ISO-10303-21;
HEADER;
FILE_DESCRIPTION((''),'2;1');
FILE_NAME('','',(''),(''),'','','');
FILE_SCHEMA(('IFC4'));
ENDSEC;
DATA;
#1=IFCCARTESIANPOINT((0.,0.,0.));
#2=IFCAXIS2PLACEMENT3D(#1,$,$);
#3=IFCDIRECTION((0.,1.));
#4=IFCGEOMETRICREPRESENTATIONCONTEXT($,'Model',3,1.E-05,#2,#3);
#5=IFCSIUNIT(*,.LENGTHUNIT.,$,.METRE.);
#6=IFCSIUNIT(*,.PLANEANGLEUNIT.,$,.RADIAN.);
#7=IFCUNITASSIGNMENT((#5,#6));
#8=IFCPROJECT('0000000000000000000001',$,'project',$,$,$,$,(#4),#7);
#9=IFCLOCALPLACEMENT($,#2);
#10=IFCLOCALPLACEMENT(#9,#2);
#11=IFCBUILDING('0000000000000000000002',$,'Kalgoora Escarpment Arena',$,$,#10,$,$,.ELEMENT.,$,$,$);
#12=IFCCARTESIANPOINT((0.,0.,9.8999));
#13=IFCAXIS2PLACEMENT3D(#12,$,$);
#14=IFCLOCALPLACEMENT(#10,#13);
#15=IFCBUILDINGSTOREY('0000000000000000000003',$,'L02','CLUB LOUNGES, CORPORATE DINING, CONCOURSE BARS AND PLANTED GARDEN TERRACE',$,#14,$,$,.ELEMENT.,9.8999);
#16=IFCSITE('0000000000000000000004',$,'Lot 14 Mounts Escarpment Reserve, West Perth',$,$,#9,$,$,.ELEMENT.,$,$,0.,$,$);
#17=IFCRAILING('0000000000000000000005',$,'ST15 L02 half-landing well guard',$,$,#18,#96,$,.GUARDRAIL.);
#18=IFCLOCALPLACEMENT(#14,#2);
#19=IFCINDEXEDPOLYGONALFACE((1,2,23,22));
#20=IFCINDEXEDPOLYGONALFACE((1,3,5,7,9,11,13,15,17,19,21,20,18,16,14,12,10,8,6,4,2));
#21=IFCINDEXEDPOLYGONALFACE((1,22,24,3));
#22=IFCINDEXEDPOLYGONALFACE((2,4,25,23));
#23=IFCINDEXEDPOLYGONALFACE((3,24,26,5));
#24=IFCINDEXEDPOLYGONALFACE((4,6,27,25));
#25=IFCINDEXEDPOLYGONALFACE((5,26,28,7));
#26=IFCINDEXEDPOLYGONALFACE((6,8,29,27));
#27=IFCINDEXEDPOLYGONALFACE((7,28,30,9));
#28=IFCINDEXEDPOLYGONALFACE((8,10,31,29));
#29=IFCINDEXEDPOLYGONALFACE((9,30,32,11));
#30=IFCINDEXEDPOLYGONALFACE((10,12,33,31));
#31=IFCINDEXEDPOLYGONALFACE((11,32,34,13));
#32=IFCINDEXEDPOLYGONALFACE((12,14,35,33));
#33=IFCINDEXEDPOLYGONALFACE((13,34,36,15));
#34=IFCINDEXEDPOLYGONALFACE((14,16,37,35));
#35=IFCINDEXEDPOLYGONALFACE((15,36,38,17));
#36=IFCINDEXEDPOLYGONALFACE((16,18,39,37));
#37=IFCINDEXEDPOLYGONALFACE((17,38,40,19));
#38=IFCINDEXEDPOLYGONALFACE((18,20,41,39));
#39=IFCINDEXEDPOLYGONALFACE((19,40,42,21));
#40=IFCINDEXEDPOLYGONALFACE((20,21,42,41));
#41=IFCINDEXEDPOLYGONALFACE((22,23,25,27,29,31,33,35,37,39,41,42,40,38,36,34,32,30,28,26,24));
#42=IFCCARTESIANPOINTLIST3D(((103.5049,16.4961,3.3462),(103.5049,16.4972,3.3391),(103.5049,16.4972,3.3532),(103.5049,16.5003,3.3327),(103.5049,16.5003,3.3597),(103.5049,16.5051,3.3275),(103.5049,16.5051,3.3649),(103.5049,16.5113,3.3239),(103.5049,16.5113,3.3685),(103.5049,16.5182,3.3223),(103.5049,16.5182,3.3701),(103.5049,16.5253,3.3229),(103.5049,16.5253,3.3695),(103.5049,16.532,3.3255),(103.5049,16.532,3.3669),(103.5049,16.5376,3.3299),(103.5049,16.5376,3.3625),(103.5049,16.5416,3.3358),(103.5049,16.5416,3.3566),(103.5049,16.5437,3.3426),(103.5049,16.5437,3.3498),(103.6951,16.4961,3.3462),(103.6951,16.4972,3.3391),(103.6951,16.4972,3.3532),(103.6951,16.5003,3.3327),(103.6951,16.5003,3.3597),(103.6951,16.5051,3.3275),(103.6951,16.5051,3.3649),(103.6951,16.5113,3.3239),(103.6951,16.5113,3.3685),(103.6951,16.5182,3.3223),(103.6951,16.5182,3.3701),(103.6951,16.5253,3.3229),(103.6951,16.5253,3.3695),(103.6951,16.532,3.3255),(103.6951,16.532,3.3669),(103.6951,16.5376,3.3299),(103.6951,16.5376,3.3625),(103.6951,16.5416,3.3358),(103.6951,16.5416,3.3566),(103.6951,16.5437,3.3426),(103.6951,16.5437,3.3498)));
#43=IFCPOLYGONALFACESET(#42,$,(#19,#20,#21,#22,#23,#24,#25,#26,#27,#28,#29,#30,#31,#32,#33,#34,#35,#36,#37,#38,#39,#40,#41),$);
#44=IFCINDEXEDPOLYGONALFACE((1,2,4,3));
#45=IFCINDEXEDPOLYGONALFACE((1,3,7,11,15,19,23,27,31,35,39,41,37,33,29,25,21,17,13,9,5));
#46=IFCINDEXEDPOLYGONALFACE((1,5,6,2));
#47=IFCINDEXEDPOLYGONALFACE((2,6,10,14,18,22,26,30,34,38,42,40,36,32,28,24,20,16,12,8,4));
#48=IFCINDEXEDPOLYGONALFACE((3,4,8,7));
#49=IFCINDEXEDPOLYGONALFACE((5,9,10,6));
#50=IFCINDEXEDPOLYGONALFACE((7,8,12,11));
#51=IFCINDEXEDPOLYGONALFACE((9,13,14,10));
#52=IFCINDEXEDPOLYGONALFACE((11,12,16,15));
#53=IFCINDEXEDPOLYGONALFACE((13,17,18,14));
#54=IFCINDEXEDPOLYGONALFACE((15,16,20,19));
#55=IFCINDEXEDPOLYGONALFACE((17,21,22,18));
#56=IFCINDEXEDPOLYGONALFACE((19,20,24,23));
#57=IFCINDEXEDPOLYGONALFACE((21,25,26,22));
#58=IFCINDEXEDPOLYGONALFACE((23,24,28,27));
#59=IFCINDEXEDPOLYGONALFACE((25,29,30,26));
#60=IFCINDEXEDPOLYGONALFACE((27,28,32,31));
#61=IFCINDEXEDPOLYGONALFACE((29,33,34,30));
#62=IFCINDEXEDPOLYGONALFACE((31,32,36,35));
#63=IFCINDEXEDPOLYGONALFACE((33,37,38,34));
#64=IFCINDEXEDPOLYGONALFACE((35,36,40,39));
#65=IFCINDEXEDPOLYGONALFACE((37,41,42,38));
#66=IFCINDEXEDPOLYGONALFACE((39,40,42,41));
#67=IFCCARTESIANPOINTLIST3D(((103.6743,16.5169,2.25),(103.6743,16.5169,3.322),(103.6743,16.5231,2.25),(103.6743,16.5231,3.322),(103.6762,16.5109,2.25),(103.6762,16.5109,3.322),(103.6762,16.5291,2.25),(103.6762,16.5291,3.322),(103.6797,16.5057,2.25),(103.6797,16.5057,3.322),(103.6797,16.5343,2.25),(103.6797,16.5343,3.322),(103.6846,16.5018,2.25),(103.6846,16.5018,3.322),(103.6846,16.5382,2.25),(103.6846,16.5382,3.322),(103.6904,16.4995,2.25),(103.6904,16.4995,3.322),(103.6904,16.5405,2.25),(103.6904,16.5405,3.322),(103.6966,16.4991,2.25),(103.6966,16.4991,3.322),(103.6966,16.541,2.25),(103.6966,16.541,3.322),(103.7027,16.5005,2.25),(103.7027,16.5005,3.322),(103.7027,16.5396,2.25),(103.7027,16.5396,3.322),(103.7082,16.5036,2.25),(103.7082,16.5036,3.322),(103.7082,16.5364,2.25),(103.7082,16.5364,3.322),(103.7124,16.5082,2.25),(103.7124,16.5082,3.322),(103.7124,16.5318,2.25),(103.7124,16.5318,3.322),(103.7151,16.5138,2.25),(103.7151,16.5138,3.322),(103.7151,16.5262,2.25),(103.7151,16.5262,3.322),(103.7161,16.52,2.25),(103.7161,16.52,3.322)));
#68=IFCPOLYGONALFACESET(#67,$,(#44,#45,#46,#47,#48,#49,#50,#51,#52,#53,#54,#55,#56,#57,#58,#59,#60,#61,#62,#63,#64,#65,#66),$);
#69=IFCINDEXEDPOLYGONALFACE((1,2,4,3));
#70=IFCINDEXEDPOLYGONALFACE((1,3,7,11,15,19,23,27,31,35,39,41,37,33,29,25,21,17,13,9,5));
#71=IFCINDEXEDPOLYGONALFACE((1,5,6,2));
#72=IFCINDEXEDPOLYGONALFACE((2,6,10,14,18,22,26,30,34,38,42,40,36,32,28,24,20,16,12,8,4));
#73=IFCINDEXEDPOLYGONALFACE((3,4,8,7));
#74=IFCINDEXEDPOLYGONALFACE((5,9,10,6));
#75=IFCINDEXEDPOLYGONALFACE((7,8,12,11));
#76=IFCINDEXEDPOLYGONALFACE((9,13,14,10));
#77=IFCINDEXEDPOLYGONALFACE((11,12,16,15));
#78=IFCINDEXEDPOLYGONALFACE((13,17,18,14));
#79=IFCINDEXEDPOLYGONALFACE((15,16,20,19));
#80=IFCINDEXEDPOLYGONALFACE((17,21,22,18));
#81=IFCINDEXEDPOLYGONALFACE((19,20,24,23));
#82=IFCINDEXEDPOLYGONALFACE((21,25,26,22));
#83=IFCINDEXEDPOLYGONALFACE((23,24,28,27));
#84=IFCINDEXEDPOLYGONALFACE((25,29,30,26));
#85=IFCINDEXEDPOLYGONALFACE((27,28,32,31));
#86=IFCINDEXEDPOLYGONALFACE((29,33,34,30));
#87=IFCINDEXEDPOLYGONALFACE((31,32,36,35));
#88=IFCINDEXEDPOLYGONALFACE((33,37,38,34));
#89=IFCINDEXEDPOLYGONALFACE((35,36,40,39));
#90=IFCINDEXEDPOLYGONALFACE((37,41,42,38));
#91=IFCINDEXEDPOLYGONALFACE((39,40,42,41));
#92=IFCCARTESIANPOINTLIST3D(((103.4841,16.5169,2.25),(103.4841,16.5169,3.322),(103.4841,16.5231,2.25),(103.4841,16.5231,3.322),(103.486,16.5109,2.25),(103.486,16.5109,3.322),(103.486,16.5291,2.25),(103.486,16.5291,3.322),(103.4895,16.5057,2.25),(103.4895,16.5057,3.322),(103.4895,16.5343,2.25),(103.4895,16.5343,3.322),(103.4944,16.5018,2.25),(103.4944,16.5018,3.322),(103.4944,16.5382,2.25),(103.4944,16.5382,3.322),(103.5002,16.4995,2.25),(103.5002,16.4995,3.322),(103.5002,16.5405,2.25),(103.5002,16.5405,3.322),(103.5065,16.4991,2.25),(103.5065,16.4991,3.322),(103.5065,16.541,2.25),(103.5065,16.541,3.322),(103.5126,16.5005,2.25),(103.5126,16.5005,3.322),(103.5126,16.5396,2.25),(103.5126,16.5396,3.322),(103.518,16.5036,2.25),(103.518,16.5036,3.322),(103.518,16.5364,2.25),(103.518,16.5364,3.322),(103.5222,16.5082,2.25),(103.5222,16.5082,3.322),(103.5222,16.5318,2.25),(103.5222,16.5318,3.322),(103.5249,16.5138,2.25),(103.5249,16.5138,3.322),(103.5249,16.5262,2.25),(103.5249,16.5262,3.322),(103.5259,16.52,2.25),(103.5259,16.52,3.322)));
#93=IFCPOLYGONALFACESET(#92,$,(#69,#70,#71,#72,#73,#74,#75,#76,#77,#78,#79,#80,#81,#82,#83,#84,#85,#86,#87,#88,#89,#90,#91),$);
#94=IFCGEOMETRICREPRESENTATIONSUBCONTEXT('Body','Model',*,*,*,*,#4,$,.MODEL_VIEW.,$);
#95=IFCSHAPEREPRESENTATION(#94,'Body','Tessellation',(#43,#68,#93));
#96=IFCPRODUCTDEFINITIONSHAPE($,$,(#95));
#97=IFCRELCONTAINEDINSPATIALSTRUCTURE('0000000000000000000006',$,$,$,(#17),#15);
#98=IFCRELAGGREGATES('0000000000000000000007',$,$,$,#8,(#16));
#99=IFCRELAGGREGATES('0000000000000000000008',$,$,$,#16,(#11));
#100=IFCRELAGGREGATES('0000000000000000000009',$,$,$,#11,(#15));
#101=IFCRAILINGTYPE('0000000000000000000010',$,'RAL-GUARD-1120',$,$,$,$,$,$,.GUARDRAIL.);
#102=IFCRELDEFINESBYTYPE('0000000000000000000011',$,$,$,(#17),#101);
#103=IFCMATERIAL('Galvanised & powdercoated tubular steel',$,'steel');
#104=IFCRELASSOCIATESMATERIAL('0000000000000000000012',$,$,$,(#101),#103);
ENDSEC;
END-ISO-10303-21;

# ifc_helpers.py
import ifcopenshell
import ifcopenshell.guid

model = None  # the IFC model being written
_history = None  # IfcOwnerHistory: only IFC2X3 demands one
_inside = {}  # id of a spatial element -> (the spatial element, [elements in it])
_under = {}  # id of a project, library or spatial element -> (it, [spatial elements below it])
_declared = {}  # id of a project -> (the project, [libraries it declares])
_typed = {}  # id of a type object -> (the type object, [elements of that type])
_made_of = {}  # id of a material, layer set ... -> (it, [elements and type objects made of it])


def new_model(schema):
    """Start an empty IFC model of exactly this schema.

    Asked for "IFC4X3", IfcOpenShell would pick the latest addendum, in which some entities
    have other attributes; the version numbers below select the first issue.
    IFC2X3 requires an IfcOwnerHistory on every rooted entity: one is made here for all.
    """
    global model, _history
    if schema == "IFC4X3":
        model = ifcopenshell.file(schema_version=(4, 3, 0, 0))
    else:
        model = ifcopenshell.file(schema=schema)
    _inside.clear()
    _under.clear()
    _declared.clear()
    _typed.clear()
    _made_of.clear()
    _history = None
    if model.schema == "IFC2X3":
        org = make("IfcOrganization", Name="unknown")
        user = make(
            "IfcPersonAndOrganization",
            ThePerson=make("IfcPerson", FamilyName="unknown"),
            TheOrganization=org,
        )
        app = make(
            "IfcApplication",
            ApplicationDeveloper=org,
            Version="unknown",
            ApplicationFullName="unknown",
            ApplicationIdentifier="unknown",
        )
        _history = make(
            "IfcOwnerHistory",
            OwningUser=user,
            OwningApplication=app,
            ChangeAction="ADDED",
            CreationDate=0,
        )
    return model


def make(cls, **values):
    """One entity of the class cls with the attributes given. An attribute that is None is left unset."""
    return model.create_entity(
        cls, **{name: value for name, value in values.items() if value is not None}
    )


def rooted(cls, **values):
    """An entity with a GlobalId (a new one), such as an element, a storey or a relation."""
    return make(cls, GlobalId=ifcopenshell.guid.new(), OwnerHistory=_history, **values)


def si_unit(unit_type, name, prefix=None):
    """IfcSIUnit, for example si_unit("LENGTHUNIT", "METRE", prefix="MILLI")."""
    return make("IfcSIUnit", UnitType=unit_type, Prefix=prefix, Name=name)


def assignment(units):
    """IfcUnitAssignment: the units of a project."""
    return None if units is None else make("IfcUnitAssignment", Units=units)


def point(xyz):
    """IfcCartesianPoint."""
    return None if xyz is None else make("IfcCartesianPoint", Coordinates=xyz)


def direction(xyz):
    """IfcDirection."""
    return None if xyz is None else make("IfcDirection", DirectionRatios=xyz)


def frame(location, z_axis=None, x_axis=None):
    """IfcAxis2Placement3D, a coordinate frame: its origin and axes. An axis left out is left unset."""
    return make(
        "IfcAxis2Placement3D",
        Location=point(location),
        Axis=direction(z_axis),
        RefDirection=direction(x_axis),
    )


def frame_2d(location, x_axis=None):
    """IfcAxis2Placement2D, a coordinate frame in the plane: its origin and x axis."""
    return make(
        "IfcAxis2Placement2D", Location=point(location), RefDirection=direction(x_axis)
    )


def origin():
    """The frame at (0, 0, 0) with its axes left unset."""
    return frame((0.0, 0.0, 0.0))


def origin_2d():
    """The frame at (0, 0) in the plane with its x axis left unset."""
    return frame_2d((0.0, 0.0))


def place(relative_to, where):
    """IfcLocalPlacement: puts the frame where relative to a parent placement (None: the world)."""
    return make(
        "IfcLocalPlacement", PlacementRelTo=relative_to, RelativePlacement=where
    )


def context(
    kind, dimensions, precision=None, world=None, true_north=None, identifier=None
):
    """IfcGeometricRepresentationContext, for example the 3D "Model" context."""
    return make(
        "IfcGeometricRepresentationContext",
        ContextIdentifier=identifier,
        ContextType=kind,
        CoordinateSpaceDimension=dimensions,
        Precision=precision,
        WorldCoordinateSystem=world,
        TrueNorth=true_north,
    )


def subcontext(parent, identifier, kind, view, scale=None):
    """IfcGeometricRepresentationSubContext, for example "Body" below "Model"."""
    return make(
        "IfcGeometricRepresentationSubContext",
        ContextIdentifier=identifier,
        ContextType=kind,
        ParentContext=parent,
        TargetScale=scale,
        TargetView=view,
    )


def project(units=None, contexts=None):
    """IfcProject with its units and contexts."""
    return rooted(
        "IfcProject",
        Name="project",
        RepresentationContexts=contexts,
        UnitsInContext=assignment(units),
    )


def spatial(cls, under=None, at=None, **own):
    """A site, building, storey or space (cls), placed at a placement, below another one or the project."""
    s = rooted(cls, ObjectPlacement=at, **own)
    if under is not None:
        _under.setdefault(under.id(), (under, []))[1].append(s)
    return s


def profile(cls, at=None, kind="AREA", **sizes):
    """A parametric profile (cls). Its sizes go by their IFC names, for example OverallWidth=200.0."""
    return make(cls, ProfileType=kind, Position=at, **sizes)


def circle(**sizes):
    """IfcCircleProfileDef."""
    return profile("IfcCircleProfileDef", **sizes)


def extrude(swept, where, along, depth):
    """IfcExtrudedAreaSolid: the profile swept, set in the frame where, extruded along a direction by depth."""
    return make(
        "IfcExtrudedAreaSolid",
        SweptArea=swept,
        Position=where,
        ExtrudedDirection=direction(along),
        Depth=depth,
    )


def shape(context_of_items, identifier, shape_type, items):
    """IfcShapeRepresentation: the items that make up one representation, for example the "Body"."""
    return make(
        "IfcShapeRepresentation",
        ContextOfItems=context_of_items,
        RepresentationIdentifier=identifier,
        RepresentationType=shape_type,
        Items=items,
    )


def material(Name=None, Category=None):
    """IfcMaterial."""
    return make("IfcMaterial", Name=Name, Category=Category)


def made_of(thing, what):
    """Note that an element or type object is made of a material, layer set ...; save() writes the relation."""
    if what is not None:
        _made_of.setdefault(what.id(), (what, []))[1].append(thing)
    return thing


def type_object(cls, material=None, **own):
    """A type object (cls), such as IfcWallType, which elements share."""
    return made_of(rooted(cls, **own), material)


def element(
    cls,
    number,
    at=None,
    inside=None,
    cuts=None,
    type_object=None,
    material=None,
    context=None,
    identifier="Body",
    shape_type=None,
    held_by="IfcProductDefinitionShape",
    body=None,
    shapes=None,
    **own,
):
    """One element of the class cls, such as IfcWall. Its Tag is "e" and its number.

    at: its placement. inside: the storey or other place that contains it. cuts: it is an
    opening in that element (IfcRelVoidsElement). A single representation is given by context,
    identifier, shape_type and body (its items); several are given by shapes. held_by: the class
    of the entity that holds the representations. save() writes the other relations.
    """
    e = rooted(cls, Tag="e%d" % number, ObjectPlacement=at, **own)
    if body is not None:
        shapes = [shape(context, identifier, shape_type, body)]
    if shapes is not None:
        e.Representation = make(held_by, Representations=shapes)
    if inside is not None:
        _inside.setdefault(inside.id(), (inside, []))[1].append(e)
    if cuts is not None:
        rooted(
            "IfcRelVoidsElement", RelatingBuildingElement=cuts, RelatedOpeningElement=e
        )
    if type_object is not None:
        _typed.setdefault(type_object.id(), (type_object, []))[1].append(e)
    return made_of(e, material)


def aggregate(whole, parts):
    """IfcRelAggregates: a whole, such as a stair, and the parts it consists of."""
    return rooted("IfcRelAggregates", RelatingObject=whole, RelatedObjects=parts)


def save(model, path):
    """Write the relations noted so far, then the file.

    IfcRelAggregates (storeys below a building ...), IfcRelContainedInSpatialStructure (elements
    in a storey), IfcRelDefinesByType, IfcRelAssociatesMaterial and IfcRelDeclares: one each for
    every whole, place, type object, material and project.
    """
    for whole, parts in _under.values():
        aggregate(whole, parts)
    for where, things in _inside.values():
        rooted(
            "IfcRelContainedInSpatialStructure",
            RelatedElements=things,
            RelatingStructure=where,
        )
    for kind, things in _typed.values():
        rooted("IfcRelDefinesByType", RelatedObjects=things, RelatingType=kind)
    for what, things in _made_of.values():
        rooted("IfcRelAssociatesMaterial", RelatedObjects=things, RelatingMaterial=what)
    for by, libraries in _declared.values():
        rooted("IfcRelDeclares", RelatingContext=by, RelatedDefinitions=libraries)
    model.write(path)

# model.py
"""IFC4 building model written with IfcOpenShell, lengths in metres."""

from ifc_helpers import new_model, si_unit, direction, frame, origin, origin_2d, place, context, subcontext, project, spatial, circle, extrude, material, type_object, element, save


model = new_model("IFC4")

# Units and contexts
model_context = context("Model", 3, precision=1e-05, world=origin(), true_north=direction((0.0, 1.0)))
body_context = subcontext(model_context, "Body", "Model", "MODEL_VIEW")
ifc_project = project(units=[si_unit("LENGTHUNIT", "METRE"), si_unit("PLANEANGLEUNIT", "RADIAN")], contexts=[model_context])

# Site, building, storey
site_placement = place(None, origin())
site = spatial("IfcSite", under=ifc_project, at=site_placement, Name="Lot 14 Mounts Escarpment Reserve, West Perth", CompositionType="ELEMENT", RefElevation=0.0)
building_placement = place(site_placement, origin())
building = spatial("IfcBuilding", under=site, at=building_placement, Name="Kalgoora Escarpment Arena", CompositionType="ELEMENT")
storey_placement = place(building_placement, frame((0.0, 0.0, 9.8999)))
storey = spatial("IfcBuildingStorey", under=building, at=storey_placement, Name="L02", Description="CLUB LOUNGES, CORPORATE DINING, CONCOURSE BARS AND PLANTED GARDEN TERRACE", CompositionType="ELEMENT", Elevation=9.8999)

# Railing
ifc_material_1 = material(Name="Galvanised & powdercoated tubular steel", Category="steel")
railing_type_1 = type_object("IfcRailingType", Name="RAL-GUARD-1120", PredefinedType="GUARDRAIL", material=ifc_material_1)
railing_1_placement = place(storey_placement, frame((103.6951, 16.52, 2.25)))
element("IfcRailing", 1, at=railing_1_placement, inside=storey, type_object=railing_type_1, Name="ST15 L02 half-landing well guard", PredefinedType="GUARDRAIL", context=body_context, shape_type="SweptSolid", body=[
    extrude(circle(Radius=0.0239, at=origin_2d()), frame((0.0, 0.0, 1.0962), z_axis=(-1.0, 0.0, 0.0), x_axis=(0.0, -1.0, 0.0)), (0.0, 0.0, 1.0), 0.1902),
    extrude(circle(Radius=0.021, at=origin_2d()), origin(), (0.0, 0.0, 1.0), 1.072),
    extrude(circle(Radius=0.021, at=origin_2d()), frame((-0.1902, 0.0, 0.0)), (0.0, 0.0, 1.0), 1.072),
])

save(model, "model.ifc")
